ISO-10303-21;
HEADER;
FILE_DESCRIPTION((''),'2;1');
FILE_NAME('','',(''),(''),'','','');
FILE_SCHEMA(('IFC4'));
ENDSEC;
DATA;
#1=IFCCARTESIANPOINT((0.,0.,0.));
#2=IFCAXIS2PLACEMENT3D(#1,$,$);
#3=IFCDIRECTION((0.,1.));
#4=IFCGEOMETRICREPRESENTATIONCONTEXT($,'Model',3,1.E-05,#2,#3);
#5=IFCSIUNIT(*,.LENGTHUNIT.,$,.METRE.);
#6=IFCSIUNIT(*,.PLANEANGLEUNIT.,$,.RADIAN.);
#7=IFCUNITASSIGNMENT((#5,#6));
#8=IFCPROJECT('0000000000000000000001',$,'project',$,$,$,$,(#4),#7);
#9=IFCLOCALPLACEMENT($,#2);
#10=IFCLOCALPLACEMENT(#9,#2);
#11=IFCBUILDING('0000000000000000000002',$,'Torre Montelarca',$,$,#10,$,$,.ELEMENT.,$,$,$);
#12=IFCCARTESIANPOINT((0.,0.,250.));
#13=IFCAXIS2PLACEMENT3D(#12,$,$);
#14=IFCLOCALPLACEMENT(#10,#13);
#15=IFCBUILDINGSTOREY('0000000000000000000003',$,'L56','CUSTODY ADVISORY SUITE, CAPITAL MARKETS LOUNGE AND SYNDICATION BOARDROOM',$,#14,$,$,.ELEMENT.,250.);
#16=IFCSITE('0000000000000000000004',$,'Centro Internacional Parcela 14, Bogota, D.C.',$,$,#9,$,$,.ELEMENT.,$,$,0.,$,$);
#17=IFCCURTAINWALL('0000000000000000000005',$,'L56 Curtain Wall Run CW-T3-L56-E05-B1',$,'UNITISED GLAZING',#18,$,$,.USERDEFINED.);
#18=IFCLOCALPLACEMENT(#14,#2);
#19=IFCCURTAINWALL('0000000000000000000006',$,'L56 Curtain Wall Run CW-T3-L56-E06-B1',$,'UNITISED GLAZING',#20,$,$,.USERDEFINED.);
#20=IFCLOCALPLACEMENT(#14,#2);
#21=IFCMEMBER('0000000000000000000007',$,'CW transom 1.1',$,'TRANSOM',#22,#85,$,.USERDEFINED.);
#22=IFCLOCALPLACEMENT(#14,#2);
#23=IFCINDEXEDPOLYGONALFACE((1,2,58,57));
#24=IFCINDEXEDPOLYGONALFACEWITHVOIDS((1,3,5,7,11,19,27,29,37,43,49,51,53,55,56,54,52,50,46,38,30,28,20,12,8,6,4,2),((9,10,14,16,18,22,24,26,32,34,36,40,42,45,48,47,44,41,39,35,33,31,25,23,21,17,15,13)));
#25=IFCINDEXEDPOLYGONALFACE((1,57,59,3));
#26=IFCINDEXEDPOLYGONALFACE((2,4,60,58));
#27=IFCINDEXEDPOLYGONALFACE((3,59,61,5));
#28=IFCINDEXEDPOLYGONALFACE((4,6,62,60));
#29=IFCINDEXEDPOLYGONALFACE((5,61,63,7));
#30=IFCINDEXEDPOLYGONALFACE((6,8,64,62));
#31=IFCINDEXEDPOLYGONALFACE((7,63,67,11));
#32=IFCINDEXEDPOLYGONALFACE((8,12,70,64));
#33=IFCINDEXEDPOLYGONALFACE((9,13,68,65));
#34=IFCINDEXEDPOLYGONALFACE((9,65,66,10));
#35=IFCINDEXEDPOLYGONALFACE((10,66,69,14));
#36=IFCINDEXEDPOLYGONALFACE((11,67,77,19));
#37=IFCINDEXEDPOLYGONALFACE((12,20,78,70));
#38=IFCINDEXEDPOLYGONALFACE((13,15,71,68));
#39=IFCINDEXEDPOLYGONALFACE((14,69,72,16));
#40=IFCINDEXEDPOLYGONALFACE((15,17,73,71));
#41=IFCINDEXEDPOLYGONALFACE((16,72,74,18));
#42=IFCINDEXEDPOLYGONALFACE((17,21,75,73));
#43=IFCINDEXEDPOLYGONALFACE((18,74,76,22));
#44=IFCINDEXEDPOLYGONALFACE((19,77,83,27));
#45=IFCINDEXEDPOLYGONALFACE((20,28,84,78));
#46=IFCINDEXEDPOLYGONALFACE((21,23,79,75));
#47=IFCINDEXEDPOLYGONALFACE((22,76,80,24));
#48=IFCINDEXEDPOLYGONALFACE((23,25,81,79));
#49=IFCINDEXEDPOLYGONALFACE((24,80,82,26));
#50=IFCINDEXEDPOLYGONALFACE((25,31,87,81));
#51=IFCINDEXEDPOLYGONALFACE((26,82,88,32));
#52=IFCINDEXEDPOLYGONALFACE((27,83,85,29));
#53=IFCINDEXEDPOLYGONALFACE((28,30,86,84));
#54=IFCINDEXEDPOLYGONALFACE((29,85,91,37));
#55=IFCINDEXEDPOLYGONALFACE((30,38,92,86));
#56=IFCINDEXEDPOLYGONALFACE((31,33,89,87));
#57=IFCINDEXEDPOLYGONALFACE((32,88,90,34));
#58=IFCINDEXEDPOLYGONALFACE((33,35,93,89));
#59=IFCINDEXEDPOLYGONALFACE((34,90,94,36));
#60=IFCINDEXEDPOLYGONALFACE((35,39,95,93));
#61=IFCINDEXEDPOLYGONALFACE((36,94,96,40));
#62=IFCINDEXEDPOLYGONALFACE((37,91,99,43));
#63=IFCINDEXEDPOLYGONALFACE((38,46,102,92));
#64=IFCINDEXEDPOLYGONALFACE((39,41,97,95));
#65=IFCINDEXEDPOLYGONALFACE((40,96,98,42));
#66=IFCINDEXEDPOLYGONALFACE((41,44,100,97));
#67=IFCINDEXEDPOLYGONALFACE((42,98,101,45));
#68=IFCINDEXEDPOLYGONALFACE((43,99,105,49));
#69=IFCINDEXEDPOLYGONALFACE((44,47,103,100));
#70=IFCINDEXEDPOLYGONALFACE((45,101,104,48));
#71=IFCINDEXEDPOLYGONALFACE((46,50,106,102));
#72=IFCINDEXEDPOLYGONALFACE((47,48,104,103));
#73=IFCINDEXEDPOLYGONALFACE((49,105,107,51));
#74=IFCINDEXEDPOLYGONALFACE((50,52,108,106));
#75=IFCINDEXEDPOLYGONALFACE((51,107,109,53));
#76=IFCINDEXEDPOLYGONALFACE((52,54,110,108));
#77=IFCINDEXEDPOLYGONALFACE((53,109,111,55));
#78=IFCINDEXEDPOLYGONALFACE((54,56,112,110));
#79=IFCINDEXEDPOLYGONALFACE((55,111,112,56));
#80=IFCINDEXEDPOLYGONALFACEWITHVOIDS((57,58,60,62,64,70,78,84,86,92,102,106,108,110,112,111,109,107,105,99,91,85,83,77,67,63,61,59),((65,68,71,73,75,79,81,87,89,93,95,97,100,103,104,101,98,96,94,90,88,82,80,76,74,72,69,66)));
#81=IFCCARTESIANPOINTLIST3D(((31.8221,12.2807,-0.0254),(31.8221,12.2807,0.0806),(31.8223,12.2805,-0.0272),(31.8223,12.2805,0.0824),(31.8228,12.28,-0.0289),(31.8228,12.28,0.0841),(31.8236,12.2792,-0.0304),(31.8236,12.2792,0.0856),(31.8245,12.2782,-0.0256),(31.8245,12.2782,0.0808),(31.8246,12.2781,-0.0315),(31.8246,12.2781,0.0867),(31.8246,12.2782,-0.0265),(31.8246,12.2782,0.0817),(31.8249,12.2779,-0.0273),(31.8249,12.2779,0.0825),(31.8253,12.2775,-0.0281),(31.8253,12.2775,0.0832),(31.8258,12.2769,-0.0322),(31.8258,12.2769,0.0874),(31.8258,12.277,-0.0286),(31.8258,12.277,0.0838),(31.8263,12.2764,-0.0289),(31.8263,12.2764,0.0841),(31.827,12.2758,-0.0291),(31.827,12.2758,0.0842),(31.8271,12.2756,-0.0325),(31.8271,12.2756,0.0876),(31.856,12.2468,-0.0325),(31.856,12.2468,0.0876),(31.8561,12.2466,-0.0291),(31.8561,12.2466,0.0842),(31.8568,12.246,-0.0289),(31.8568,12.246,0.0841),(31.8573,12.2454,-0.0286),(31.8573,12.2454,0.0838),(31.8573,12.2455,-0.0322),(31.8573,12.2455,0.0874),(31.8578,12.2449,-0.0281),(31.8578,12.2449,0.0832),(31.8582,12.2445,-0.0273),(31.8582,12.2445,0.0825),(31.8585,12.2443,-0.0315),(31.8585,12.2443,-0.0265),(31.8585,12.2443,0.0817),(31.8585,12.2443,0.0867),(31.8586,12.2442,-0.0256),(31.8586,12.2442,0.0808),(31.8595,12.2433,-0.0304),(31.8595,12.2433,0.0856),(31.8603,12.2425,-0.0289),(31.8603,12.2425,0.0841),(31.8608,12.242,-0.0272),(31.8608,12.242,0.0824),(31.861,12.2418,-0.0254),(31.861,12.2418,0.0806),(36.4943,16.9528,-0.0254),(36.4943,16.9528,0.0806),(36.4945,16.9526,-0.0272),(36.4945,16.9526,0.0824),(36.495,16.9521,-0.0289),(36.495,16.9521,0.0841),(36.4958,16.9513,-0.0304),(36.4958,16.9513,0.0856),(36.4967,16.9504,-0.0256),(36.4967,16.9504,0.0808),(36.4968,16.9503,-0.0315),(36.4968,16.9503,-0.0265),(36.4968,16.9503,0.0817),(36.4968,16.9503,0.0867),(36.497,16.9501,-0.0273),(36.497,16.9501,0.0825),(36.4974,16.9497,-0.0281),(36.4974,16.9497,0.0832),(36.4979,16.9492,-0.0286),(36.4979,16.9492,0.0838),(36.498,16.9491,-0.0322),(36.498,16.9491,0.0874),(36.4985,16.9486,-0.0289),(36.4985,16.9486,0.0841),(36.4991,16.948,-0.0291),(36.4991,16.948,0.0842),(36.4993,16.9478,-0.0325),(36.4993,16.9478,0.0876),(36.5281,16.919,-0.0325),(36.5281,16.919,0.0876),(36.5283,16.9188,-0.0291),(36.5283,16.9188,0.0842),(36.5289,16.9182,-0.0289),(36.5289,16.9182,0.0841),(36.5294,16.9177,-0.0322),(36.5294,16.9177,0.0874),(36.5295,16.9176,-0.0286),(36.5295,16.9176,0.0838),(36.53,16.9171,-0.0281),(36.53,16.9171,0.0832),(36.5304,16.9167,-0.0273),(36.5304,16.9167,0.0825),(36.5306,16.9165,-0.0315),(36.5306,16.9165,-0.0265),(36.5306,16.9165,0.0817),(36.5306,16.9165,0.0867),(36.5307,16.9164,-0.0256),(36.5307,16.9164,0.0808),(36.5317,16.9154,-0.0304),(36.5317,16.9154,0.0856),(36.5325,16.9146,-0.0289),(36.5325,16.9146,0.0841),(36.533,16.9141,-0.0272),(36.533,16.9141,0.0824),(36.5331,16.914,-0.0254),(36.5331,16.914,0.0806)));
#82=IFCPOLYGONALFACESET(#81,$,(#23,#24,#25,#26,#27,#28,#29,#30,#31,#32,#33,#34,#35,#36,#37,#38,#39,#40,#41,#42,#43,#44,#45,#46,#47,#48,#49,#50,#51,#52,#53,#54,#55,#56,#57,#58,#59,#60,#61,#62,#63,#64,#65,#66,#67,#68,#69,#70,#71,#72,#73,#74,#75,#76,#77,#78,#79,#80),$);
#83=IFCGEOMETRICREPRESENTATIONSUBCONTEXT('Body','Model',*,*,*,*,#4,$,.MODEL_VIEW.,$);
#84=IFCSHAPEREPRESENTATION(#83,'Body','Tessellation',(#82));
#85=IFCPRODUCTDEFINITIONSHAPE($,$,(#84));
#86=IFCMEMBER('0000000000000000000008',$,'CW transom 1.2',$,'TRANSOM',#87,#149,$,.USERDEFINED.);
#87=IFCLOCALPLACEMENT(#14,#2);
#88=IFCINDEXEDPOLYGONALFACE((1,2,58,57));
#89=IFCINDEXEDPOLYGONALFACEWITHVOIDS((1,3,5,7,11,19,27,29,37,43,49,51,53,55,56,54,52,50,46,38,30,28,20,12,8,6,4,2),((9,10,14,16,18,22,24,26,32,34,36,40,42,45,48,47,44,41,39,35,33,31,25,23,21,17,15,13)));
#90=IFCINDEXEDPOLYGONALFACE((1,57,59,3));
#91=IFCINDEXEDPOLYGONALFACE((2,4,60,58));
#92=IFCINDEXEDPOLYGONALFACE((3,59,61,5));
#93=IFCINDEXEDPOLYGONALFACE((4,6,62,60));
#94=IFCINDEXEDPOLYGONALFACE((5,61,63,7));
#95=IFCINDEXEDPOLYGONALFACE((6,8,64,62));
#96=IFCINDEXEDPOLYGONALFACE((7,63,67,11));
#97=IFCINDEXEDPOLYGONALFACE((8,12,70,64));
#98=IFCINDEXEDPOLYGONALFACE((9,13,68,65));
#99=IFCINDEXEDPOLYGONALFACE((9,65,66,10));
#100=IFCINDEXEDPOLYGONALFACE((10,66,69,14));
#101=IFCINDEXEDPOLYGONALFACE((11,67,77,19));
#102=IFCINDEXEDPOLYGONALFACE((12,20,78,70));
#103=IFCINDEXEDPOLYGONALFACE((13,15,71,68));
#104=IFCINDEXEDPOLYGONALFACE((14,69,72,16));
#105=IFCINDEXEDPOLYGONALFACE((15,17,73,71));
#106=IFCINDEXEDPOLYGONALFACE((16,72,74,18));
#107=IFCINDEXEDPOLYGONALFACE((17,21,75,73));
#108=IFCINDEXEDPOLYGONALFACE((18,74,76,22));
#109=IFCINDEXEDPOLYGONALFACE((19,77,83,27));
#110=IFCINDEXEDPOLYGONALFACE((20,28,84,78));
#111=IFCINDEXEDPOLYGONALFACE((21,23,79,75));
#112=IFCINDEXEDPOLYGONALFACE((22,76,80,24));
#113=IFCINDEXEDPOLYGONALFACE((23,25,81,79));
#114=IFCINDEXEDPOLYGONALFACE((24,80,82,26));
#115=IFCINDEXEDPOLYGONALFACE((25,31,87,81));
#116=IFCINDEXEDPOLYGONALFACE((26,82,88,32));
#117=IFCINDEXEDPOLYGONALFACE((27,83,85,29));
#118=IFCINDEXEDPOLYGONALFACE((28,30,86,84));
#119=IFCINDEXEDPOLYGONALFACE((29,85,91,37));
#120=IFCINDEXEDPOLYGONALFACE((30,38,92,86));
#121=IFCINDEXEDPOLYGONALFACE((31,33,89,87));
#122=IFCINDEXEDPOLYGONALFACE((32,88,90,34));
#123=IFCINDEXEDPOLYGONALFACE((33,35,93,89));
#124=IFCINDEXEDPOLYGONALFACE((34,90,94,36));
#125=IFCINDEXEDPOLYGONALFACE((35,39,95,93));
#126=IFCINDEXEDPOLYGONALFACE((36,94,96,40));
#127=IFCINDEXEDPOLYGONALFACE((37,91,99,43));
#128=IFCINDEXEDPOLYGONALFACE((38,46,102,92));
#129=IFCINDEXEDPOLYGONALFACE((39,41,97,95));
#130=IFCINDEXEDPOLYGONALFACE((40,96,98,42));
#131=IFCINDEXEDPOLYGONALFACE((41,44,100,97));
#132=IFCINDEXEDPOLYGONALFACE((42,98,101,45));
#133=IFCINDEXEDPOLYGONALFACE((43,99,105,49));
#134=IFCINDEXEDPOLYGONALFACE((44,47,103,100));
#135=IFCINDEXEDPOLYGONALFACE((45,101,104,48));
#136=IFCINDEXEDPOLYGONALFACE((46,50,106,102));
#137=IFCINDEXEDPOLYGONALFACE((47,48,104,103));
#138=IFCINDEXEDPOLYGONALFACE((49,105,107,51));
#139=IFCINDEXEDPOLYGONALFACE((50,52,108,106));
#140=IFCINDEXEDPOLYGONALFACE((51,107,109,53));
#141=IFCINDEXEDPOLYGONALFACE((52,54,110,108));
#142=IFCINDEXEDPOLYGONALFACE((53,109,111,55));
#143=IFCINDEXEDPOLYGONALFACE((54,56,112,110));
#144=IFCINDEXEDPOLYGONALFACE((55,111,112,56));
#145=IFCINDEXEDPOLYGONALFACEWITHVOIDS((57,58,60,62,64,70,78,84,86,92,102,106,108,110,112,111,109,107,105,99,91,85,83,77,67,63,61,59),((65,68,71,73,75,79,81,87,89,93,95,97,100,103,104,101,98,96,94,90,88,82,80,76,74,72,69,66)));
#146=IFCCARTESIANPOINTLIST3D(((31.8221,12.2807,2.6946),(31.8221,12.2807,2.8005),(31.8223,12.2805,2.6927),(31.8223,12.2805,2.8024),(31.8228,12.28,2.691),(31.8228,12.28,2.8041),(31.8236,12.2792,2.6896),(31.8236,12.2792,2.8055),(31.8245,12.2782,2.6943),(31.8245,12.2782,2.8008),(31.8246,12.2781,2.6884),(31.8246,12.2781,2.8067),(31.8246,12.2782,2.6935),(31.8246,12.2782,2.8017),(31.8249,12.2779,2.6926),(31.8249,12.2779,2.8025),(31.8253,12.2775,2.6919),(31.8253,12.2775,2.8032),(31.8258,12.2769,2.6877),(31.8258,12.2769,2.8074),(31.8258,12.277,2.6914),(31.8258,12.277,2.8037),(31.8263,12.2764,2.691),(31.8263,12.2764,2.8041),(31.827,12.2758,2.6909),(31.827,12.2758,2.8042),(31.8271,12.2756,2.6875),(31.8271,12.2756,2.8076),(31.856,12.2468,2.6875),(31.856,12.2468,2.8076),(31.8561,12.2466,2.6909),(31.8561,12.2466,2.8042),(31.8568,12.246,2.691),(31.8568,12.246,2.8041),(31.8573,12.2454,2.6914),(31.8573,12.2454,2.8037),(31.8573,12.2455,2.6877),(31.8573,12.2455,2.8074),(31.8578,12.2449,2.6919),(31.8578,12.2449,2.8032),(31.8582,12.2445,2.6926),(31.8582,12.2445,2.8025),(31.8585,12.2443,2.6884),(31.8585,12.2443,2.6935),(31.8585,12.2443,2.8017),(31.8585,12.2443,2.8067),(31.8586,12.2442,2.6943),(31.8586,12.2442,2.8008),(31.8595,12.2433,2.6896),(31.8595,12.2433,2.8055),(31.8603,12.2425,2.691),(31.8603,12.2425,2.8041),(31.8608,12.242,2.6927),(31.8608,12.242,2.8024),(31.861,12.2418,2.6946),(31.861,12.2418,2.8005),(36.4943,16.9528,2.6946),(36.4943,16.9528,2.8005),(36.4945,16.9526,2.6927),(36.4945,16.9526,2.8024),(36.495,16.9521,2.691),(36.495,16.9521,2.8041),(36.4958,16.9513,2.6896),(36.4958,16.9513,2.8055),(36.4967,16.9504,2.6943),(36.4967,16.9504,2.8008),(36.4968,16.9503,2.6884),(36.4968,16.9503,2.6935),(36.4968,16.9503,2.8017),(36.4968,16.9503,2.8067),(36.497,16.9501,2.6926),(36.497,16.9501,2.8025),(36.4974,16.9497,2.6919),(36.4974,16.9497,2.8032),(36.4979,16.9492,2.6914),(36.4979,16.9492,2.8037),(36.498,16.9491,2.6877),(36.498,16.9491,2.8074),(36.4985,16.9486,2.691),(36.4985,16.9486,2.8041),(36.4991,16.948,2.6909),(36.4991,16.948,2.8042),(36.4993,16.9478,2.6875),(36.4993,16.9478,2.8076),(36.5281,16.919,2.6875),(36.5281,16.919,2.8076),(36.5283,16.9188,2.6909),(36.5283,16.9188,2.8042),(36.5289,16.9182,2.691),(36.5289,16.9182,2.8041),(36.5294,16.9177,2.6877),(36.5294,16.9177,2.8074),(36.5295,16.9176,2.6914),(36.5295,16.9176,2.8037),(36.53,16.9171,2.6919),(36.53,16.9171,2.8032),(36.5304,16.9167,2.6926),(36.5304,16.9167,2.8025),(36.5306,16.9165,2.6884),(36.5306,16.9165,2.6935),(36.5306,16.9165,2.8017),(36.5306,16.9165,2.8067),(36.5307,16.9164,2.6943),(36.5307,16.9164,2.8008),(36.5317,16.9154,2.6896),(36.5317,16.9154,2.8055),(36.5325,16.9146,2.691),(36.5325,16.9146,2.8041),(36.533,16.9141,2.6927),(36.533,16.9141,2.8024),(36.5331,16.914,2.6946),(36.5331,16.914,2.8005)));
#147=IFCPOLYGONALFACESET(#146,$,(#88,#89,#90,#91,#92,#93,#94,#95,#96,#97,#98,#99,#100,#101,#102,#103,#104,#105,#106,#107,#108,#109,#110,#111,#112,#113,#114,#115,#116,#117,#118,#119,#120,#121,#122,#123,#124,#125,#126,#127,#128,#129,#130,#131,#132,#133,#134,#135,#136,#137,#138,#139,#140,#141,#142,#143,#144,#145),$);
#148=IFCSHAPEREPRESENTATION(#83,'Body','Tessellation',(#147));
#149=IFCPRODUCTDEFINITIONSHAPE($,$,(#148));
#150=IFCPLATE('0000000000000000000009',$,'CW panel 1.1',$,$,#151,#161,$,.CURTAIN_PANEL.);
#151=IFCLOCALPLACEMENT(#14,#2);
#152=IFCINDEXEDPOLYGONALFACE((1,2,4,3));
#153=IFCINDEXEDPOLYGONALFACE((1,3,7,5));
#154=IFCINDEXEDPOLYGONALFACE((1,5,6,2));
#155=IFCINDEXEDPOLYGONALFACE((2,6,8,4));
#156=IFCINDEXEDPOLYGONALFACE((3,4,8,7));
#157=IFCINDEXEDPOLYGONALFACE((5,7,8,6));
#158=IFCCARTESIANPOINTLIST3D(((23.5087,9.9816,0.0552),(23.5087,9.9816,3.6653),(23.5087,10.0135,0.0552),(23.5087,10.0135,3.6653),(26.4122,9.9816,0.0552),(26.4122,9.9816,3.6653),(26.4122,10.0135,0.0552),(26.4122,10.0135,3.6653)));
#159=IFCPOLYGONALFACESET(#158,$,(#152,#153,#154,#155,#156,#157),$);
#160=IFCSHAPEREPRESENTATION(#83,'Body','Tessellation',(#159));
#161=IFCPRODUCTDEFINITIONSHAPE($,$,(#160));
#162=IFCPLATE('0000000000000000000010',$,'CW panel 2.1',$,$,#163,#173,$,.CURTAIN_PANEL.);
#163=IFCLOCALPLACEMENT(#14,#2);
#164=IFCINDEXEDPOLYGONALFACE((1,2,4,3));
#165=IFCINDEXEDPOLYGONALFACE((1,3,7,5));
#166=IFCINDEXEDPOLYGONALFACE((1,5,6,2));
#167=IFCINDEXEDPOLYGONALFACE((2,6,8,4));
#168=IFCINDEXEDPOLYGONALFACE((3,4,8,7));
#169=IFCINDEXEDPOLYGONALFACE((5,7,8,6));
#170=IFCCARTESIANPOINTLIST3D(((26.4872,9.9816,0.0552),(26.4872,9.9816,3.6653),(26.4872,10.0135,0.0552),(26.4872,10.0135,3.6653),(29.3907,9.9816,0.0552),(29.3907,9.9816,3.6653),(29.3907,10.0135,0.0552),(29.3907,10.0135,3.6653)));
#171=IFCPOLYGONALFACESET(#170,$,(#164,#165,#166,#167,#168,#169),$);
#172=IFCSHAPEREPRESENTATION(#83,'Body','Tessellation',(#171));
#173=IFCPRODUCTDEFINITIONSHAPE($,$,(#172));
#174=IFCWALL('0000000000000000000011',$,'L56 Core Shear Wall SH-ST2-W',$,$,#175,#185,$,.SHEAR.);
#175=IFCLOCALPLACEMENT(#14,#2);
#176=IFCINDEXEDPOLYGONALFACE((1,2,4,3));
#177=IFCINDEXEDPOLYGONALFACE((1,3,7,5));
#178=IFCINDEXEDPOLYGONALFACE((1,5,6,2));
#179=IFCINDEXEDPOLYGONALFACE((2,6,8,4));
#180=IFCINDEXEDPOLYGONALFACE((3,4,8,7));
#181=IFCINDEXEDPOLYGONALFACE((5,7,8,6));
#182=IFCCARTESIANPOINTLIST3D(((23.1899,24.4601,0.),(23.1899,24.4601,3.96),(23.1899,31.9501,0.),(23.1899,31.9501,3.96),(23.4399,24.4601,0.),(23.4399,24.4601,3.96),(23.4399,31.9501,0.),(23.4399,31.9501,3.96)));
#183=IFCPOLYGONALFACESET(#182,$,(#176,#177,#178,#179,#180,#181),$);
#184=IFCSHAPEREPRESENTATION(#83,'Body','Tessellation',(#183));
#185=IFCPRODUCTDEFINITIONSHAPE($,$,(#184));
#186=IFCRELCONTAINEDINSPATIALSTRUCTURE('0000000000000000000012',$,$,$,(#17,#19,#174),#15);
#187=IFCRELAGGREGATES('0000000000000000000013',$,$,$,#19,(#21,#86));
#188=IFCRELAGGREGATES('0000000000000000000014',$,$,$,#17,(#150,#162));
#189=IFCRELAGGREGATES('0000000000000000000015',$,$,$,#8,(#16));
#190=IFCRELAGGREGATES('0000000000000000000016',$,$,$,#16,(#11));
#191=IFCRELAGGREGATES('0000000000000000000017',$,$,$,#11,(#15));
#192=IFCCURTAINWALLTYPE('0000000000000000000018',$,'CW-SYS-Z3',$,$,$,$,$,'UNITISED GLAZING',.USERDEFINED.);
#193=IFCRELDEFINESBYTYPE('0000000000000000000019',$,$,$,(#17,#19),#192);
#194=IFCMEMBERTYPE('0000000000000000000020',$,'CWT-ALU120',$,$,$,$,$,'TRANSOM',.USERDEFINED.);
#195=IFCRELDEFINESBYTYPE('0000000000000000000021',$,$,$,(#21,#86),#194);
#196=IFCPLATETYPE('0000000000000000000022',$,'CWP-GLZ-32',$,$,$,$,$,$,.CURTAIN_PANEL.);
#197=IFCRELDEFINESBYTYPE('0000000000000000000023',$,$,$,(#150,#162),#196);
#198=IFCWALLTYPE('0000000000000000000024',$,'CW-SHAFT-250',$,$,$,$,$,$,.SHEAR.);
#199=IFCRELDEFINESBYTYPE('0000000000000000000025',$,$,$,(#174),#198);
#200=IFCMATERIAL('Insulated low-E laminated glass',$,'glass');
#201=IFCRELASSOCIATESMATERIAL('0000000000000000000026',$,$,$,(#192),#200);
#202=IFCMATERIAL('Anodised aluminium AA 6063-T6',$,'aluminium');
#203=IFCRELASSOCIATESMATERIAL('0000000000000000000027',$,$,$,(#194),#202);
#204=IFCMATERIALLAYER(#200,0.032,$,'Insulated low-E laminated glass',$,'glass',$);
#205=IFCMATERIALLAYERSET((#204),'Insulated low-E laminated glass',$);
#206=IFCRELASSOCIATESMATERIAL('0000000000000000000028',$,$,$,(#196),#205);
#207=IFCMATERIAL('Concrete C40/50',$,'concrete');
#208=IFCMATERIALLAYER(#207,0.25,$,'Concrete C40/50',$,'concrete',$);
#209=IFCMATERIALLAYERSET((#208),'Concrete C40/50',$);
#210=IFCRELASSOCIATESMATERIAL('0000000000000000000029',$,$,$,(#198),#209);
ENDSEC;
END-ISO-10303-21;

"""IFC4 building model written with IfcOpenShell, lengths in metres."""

from ifc_helpers import new_model, si_unit, direction, frame, frame_2d, origin, origin_2d, place, context, subcontext, project, spatial, rectangle, hollow_rectangle, extrude, source, transform, mapped, material, layer, layer_set, material_profile, profile_set, type_object, element, aggregate, save


model = new_model("IFC4")

# Units and contexts
model_context = context("Model", 3, precision=1e-05, world=origin(), true_north=direction((0.0, 1.0)))
body_context = subcontext(model_context, "Body", "Model", "MODEL_VIEW")
ifc_project = project(units=[si_unit("LENGTHUNIT", "METRE"), si_unit("PLANEANGLEUNIT", "RADIAN")], contexts=[model_context])

# Site, building, storey
site_placement = place(None, origin())
site = spatial("IfcSite", under=ifc_project, at=site_placement, Name="Centro Internacional Parcela 14, Bogota, D.C.", CompositionType="ELEMENT", RefElevation=0.0)
building_placement = place(site_placement, origin())
building = spatial("IfcBuilding", under=site, at=building_placement, Name="Torre Montelarca", CompositionType="ELEMENT")
storey_placement = place(building_placement, frame((0.0, 0.0, 250.0)))
storey = spatial("IfcBuildingStorey", under=building, at=storey_placement, Name="L56", Description="CUSTODY ADVISORY SUITE, CAPITAL MARKETS LOUNGE AND SYNDICATION BOARDROOM", CompositionType="ELEMENT", Elevation=250.0)

# Curtain wall
ifc_material_1 = material(Name="Insulated low-E laminated glass", Category="glass")
curtain_wall_type = type_object("IfcCurtainWallType", Name="CW-SYS-Z3", ElementType="UNITISED GLAZING", PredefinedType="USERDEFINED", material=ifc_material_1)
curtain_wall_1_placement = place(storey_placement, origin())
curtain_wall_1 = element("IfcCurtainWall", 1, at=curtain_wall_1_placement, inside=storey, type_object=curtain_wall_type, Name="L56 Curtain Wall Run CW-T3-L56-E05-B1", ObjectType="UNITISED GLAZING", PredefinedType="USERDEFINED")
ifc_material_2 = material(Name="Anodised aluminium AA 6063-T6", Category="aluminium")
ifc_material_profile_1 = material_profile(ifc_material_2, hollow_rectangle(XDim=0.0549, YDim=0.1201, WallThickness=0.0034, InnerFilletRadius=0.0034, OuterFilletRadius=0.0071, at=origin_2d()), Name="ALU55X120X3.5", Category="aluminium")
ifc_profile_set_1 = profile_set([ifc_material_profile_1], Name="Anodised aluminium AA 6063-T6")
member_type_1 = type_object("IfcMemberType", Name="CWT-ALU120", ElementType="TRANSOM", PredefinedType="USERDEFINED", material=ifc_profile_set_1)

# Curtain wall
curtain_wall_2_placement = place(storey_placement, origin())
curtain_wall_2 = element("IfcCurtainWall", 2, at=curtain_wall_2_placement, inside=storey, type_object=curtain_wall_type, Name="L56 Curtain Wall Run CW-T3-L56-E06-B1", ObjectType="UNITISED GLAZING", PredefinedType="USERDEFINED")

# Members
shared_shape_1 = source(origin(), body_context, "Body", "SweptSolid", [
    extrude(hollow_rectangle(XDim=0.0549, YDim=0.1201, WallThickness=0.0034, InnerFilletRadius=0.0034, OuterFilletRadius=0.0071, at=origin_2d()), origin(), (0.0, 0.0, 1.0), 6.6074),
])
member_1_placement = place(storey_placement, frame((31.8416, 12.2612, 0.0276), z_axis=(0.707107, 0.707107, 0.0), x_axis=(-0.707107, 0.707107, 0.0)))
member_1 = element("IfcMember", 3, at=member_1_placement, type_object=member_type_1, Name="CW transom 1.1", ObjectType="TRANSOM", PredefinedType="USERDEFINED", context=body_context, shape_type="MappedRepresentation", body=[
    mapped(shared_shape_1, transform((0.0, 0.0, 0.0), scale=1.0)),
])
member_2_placement = place(storey_placement, frame((31.8416, 12.2612, 2.7476), z_axis=(0.707107, 0.707107, 0.0), x_axis=(-0.707107, 0.707107, 0.0)))
member_2 = element("IfcMember", 4, at=member_2_placement, type_object=member_type_1, Name="CW transom 1.2", ObjectType="TRANSOM", PredefinedType="USERDEFINED", context=body_context, shape_type="MappedRepresentation", body=[
    mapped(shared_shape_1, transform((0.0, 0.0, 0.0), scale=1.0)),
])
aggregate(curtain_wall_2, [member_1, member_2])

# Plates
ifc_layer_1 = layer(ifc_material_1, 0.032, Name="Insulated low-E laminated glass", Category="glass")
ifc_layer_set_1 = layer_set([ifc_layer_1], Name="Insulated low-E laminated glass")
plate_type = type_object("IfcPlateType", Name="CWP-GLZ-32", PredefinedType="CURTAIN_PANEL", material=ifc_layer_set_1)
shared_shape_2 = source(origin(), body_context, "Body", "SweptSolid", [
    extrude(rectangle(XDim=2.9036, YDim=0.032, at=origin_2d()), origin(), (0.0, 0.0, 1.0), 3.6101),
])
plate_1_placement = place(storey_placement, frame((24.9604, 9.9976, 0.0552), z_axis=(0.0, 0.0, 1.0), x_axis=(1.0, 0.0, 0.0)))
plate_1 = element("IfcPlate", 5, at=plate_1_placement, type_object=plate_type, Name="CW panel 1.1", PredefinedType="CURTAIN_PANEL", context=body_context, shape_type="MappedRepresentation", body=[
    mapped(shared_shape_2, transform((0.0, 0.0, 0.0), scale=1.0)),
])
plate_2_placement = place(storey_placement, frame((27.939, 9.9976, 0.0552), z_axis=(0.0, 0.0, 1.0), x_axis=(1.0, 0.0, 0.0)))
plate_2 = element("IfcPlate", 6, at=plate_2_placement, type_object=plate_type, Name="CW panel 2.1", PredefinedType="CURTAIN_PANEL", context=body_context, shape_type="MappedRepresentation", body=[
    mapped(shared_shape_2, transform((0.0, 0.0, 0.0), scale=1.0)),
])
aggregate(curtain_wall_1, [plate_1, plate_2])

# Wall
ifc_material_3 = material(Name="Concrete C40/50", Category="concrete")
ifc_layer_2 = layer(ifc_material_3, 0.25, Name="Concrete C40/50", Category="concrete")
ifc_layer_set_2 = layer_set([ifc_layer_2], Name="Concrete C40/50")
wall_type_1 = type_object("IfcWallType", Name="CW-SHAFT-250", PredefinedType="SHEAR", material=ifc_layer_set_2)
wall_1_placement = place(storey_placement, frame((23.3149, 24.46, 0.0), z_axis=(0.0, 0.0, 1.0), x_axis=(0.0, 1.0, 0.0)))
element("IfcWall", 7, at=wall_1_placement, inside=storey, type_object=wall_type_1, Name="L56 Core Shear Wall SH-ST2-W", PredefinedType="SHEAR", context=body_context, shape_type="SweptSolid", body=[
    extrude(rectangle(XDim=7.49, YDim=0.25, at=frame_2d((3.7451, 0.0))), origin(), (0.0, 0.0, 1.0), 3.96),
])

save(model, "model.ifc")
